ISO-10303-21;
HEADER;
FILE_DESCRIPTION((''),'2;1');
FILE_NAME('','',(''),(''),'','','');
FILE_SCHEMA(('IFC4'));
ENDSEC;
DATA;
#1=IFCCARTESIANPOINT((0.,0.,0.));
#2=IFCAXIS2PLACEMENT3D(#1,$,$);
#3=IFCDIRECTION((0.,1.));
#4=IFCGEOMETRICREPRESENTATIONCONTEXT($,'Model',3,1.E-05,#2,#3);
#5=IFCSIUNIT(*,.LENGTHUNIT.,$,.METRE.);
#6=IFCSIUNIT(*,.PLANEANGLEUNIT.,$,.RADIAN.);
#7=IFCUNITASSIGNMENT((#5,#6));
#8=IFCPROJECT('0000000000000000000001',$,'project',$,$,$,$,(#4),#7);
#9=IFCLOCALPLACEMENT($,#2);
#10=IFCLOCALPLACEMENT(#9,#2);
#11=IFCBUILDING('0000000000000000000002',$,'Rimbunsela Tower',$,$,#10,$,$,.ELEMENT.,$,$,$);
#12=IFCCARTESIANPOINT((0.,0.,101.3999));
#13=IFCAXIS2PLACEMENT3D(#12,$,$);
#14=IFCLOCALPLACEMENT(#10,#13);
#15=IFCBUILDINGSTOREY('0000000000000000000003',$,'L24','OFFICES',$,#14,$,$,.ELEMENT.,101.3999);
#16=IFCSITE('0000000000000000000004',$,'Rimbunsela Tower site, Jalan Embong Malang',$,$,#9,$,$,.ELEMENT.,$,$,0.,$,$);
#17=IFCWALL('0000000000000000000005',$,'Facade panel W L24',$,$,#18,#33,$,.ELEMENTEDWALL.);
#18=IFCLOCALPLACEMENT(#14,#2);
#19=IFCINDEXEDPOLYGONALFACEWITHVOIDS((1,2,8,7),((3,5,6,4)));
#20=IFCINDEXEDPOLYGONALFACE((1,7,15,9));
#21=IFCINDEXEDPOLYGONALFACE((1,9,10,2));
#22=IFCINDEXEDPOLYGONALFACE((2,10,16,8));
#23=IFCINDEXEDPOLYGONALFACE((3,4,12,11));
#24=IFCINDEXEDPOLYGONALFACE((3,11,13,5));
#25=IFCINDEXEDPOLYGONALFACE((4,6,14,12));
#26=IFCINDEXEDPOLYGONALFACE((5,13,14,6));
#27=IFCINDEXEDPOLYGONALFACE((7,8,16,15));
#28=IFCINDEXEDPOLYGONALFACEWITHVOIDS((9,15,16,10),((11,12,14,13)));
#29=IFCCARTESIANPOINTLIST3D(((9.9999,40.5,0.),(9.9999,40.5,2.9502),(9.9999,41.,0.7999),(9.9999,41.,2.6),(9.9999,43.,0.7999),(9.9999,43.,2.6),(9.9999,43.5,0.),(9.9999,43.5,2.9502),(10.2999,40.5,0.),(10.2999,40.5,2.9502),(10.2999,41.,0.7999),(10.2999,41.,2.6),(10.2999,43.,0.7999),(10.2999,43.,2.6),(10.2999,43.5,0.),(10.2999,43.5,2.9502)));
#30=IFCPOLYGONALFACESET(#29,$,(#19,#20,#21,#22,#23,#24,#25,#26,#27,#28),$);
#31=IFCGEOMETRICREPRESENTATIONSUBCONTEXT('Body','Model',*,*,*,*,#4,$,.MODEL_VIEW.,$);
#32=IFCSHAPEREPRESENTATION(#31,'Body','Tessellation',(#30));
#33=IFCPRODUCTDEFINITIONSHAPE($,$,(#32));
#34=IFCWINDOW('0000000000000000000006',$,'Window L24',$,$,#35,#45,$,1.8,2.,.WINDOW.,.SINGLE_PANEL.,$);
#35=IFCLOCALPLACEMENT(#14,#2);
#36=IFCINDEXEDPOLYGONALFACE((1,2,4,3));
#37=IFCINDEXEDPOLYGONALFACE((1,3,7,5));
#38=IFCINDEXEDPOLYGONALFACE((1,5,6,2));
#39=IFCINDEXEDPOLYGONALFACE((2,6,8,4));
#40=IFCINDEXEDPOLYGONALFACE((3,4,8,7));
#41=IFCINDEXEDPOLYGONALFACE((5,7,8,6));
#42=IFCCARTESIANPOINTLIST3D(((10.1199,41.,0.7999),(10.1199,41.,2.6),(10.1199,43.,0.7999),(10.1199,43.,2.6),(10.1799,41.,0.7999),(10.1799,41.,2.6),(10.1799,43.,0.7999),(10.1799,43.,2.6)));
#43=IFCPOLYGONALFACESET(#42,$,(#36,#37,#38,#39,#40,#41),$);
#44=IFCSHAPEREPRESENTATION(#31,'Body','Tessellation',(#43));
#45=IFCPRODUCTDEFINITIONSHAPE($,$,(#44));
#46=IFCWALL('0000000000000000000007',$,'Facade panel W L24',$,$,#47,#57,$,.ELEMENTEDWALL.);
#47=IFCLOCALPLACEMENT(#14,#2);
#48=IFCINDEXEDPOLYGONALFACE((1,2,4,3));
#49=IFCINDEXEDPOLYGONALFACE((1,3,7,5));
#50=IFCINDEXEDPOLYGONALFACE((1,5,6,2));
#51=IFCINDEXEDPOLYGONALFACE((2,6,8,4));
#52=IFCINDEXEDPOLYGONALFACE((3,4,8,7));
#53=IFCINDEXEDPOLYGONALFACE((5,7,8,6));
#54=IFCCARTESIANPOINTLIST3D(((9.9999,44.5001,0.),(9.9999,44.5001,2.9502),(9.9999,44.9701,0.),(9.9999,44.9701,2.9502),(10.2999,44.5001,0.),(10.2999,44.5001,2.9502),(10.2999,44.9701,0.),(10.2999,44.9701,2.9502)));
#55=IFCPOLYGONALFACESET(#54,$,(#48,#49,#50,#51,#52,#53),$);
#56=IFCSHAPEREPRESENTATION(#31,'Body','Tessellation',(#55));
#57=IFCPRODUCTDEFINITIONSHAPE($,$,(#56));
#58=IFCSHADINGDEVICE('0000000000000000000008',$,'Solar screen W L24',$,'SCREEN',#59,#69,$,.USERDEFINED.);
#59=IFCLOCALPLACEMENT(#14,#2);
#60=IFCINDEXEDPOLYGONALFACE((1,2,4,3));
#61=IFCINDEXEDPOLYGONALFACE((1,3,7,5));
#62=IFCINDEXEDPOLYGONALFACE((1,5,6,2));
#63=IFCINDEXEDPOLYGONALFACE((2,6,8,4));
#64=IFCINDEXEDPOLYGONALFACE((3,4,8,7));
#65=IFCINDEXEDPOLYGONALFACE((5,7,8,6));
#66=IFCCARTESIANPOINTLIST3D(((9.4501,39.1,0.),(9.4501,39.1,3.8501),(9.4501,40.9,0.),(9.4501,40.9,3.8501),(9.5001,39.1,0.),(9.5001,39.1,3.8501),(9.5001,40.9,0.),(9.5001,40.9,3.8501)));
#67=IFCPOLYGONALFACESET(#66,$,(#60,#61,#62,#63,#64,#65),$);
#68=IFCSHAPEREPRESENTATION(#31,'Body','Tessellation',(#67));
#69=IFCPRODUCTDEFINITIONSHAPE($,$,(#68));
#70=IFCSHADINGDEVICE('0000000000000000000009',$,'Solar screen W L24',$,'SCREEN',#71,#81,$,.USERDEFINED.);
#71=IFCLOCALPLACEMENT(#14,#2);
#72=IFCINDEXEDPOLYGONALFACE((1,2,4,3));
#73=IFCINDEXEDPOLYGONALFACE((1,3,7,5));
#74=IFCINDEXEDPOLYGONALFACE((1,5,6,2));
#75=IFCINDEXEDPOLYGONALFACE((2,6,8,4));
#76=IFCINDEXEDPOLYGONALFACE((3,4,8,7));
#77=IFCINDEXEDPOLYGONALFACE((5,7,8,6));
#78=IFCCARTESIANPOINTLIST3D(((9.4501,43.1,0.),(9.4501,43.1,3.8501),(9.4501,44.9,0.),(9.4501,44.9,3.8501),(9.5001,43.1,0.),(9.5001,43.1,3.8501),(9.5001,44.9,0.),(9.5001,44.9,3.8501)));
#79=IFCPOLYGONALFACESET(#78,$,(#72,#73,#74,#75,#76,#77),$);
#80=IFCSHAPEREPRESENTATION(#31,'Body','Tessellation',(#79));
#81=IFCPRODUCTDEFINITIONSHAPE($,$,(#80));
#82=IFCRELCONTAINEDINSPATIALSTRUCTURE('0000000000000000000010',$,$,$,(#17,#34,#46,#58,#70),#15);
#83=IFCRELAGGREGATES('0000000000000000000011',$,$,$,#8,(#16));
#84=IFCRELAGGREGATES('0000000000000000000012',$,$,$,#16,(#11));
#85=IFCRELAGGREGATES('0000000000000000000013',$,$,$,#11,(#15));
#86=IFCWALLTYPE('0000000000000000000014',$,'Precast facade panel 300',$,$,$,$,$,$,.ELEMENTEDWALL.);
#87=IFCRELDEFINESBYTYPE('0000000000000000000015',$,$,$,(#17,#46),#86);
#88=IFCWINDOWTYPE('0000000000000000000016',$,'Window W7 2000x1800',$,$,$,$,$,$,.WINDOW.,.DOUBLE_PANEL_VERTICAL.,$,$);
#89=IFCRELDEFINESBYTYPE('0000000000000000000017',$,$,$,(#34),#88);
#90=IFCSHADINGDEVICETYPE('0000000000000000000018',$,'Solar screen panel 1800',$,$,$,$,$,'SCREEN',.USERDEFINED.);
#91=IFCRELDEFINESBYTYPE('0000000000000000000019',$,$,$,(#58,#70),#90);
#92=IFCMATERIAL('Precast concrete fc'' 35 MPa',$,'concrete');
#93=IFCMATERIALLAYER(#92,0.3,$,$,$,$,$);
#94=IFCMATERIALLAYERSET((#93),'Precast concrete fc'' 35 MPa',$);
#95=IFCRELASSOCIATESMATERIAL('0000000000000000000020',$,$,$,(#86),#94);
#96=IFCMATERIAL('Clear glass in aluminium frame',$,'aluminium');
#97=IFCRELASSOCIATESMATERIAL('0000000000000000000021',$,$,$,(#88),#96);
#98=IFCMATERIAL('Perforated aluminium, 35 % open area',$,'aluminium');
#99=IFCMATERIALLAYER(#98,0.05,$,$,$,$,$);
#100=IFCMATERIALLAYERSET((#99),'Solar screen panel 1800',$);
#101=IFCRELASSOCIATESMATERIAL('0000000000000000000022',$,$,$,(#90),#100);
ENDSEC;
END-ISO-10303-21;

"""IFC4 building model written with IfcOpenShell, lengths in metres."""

from ifc_helpers import new_model, si_unit, direction, frame, frame_2d, origin, origin_2d, place, context, subcontext, project, spatial, rectangle, extrude, material, layer, layer_set, type_object, element, fill, save


model = new_model("IFC4")

# Units and contexts
model_context = context("Model", 3, precision=1e-05, world=origin(), true_north=direction((0.0, 1.0)))
body_context = subcontext(model_context, "Body", "Model", "MODEL_VIEW")
ifc_project = project(units=[si_unit("LENGTHUNIT", "METRE"), si_unit("PLANEANGLEUNIT", "RADIAN")], contexts=[model_context])

# Site, building, storey
site_placement = place(None, origin())
site = spatial("IfcSite", under=ifc_project, at=site_placement, Name="Rimbunsela Tower site, Jalan Embong Malang", CompositionType="ELEMENT", RefElevation=0.0)
building_placement = place(site_placement, origin())
building = spatial("IfcBuilding", under=site, at=building_placement, Name="Rimbunsela Tower", CompositionType="ELEMENT")
storey_placement = place(building_placement, frame((0.0, 0.0, 101.3999)))
storey = spatial("IfcBuildingStorey", under=building, at=storey_placement, Name="L24", Description="OFFICES", CompositionType="ELEMENT", Elevation=101.3999)

# Wall, opening, window
ifc_material_1 = material(Name="Precast concrete fc' 35 MPa", Category="concrete")
ifc_layer_1 = layer(ifc_material_1, 0.3)
ifc_layer_set_1 = layer_set([ifc_layer_1], Name="Precast concrete fc' 35 MPa")
wall_type = type_object("IfcWallType", Name="Precast facade panel 300", PredefinedType="ELEMENTEDWALL", material=ifc_layer_set_1)
ifc_material_2 = material(Name="Clear glass in aluminium frame", Category="aluminium")
window_type = type_object("IfcWindowType", Name="Window W7 2000x1800", PartitioningType="DOUBLE_PANEL_VERTICAL", PredefinedType="WINDOW", material=ifc_material_2)
wall_1_placement = place(storey_placement, frame((10.1499, 43.5, 0.0), z_axis=(0.0, 0.0, 1.0), x_axis=(0.0, -1.0, 0.0)))
wall_1 = element("IfcWall", 1, at=wall_1_placement, inside=storey, type_object=wall_type, Name="Facade panel W L24", PredefinedType="ELEMENTEDWALL", context=body_context, shape_type="SweptSolid", body=[
    extrude(rectangle(XDim=3.0, YDim=0.3, at=frame_2d((1.5, 0.0))), origin(), (0.0, 0.0, 1.0), 2.9502),
])
opening_1_placement = place(wall_1_placement, frame((0.5, 0.0, 0.8)))
opening_1 = element("IfcOpeningElement", 2, at=opening_1_placement, cuts=wall_1, PredefinedType="OPENING", context=body_context, shape_type="SweptSolid", body=[
    extrude(rectangle(XDim=2.0, YDim=1.8, at=frame_2d((1.0, 0.8999))), frame((0.0, 0.1599, 0.0), z_axis=(0.0, -1.0, 0.0), x_axis=(1.0, 0.0, 0.0)), (0.0, 0.0, 1.0), 0.3201),
])
window_1_placement = place(opening_1_placement, origin())
window_1 = element("IfcWindow", 3, at=window_1_placement, inside=storey, type_object=window_type, Name="Window L24", OverallHeight=1.8, OverallWidth=2.0, PartitioningType="SINGLE_PANEL", PredefinedType="WINDOW", context=body_context, shape_type="SweptSolid", body=[
    extrude(rectangle(XDim=2.0, YDim=1.8, at=frame_2d((1.0, 0.8999))), frame((0.0, 0.03, 0.0), z_axis=(0.0, -1.0, 0.0), x_axis=(1.0, 0.0, 0.0)), (0.0, 0.0, 1.0), 0.0601),
])
fill(opening_1, window_1)

# Wall
wall_2_placement = place(storey_placement, frame((10.1499, 44.97, 0.0), z_axis=(0.0, 0.0, 1.0), x_axis=(0.0, -1.0, 0.0)))
element("IfcWall", 4, at=wall_2_placement, inside=storey, type_object=wall_type, Name="Facade panel W L24", PredefinedType="ELEMENTEDWALL", context=body_context, shape_type="SweptSolid", body=[
    extrude(rectangle(XDim=0.47, YDim=0.3, at=frame_2d((0.2349, 0.0))), origin(), (0.0, 0.0, 1.0), 2.9502),
])

# Shading devices
ifc_material_3 = material(Name="Perforated aluminium, 35 % open area", Category="aluminium")
ifc_layer_2 = layer(ifc_material_3, 0.05)
ifc_layer_set_2 = layer_set([ifc_layer_2], Name="Solar screen panel 1800")
shading_device_type = type_object("IfcShadingDeviceType", Name="Solar screen panel 1800", ElementType="SCREEN", PredefinedType="USERDEFINED", material=ifc_layer_set_2)
for number, where, z_axis, x_axis, name in (
    (5, (9.4751, 40.0, 0.0), (0.0, 0.0, 1.0), (0.0, 1.0, 0.0), "Solar screen W L24"),
    (6, (9.4751, 44.0, 0.0), (0.0, 0.0, 1.0), (0.0, 1.0, 0.0), "Solar screen W L24"),
):
    element("IfcShadingDevice", number, at=place(storey_placement, frame(where, z_axis=z_axis, x_axis=x_axis)), inside=storey, type_object=shading_device_type, Name=name, ObjectType="SCREEN", PredefinedType="USERDEFINED", context=body_context, shape_type="SweptSolid", body=[
        extrude(rectangle(XDim=1.8, YDim=0.05, at=origin_2d()), origin(), (0.0, 0.0, 1.0), 3.8501),
    ])

save(model, "model.ifc")
